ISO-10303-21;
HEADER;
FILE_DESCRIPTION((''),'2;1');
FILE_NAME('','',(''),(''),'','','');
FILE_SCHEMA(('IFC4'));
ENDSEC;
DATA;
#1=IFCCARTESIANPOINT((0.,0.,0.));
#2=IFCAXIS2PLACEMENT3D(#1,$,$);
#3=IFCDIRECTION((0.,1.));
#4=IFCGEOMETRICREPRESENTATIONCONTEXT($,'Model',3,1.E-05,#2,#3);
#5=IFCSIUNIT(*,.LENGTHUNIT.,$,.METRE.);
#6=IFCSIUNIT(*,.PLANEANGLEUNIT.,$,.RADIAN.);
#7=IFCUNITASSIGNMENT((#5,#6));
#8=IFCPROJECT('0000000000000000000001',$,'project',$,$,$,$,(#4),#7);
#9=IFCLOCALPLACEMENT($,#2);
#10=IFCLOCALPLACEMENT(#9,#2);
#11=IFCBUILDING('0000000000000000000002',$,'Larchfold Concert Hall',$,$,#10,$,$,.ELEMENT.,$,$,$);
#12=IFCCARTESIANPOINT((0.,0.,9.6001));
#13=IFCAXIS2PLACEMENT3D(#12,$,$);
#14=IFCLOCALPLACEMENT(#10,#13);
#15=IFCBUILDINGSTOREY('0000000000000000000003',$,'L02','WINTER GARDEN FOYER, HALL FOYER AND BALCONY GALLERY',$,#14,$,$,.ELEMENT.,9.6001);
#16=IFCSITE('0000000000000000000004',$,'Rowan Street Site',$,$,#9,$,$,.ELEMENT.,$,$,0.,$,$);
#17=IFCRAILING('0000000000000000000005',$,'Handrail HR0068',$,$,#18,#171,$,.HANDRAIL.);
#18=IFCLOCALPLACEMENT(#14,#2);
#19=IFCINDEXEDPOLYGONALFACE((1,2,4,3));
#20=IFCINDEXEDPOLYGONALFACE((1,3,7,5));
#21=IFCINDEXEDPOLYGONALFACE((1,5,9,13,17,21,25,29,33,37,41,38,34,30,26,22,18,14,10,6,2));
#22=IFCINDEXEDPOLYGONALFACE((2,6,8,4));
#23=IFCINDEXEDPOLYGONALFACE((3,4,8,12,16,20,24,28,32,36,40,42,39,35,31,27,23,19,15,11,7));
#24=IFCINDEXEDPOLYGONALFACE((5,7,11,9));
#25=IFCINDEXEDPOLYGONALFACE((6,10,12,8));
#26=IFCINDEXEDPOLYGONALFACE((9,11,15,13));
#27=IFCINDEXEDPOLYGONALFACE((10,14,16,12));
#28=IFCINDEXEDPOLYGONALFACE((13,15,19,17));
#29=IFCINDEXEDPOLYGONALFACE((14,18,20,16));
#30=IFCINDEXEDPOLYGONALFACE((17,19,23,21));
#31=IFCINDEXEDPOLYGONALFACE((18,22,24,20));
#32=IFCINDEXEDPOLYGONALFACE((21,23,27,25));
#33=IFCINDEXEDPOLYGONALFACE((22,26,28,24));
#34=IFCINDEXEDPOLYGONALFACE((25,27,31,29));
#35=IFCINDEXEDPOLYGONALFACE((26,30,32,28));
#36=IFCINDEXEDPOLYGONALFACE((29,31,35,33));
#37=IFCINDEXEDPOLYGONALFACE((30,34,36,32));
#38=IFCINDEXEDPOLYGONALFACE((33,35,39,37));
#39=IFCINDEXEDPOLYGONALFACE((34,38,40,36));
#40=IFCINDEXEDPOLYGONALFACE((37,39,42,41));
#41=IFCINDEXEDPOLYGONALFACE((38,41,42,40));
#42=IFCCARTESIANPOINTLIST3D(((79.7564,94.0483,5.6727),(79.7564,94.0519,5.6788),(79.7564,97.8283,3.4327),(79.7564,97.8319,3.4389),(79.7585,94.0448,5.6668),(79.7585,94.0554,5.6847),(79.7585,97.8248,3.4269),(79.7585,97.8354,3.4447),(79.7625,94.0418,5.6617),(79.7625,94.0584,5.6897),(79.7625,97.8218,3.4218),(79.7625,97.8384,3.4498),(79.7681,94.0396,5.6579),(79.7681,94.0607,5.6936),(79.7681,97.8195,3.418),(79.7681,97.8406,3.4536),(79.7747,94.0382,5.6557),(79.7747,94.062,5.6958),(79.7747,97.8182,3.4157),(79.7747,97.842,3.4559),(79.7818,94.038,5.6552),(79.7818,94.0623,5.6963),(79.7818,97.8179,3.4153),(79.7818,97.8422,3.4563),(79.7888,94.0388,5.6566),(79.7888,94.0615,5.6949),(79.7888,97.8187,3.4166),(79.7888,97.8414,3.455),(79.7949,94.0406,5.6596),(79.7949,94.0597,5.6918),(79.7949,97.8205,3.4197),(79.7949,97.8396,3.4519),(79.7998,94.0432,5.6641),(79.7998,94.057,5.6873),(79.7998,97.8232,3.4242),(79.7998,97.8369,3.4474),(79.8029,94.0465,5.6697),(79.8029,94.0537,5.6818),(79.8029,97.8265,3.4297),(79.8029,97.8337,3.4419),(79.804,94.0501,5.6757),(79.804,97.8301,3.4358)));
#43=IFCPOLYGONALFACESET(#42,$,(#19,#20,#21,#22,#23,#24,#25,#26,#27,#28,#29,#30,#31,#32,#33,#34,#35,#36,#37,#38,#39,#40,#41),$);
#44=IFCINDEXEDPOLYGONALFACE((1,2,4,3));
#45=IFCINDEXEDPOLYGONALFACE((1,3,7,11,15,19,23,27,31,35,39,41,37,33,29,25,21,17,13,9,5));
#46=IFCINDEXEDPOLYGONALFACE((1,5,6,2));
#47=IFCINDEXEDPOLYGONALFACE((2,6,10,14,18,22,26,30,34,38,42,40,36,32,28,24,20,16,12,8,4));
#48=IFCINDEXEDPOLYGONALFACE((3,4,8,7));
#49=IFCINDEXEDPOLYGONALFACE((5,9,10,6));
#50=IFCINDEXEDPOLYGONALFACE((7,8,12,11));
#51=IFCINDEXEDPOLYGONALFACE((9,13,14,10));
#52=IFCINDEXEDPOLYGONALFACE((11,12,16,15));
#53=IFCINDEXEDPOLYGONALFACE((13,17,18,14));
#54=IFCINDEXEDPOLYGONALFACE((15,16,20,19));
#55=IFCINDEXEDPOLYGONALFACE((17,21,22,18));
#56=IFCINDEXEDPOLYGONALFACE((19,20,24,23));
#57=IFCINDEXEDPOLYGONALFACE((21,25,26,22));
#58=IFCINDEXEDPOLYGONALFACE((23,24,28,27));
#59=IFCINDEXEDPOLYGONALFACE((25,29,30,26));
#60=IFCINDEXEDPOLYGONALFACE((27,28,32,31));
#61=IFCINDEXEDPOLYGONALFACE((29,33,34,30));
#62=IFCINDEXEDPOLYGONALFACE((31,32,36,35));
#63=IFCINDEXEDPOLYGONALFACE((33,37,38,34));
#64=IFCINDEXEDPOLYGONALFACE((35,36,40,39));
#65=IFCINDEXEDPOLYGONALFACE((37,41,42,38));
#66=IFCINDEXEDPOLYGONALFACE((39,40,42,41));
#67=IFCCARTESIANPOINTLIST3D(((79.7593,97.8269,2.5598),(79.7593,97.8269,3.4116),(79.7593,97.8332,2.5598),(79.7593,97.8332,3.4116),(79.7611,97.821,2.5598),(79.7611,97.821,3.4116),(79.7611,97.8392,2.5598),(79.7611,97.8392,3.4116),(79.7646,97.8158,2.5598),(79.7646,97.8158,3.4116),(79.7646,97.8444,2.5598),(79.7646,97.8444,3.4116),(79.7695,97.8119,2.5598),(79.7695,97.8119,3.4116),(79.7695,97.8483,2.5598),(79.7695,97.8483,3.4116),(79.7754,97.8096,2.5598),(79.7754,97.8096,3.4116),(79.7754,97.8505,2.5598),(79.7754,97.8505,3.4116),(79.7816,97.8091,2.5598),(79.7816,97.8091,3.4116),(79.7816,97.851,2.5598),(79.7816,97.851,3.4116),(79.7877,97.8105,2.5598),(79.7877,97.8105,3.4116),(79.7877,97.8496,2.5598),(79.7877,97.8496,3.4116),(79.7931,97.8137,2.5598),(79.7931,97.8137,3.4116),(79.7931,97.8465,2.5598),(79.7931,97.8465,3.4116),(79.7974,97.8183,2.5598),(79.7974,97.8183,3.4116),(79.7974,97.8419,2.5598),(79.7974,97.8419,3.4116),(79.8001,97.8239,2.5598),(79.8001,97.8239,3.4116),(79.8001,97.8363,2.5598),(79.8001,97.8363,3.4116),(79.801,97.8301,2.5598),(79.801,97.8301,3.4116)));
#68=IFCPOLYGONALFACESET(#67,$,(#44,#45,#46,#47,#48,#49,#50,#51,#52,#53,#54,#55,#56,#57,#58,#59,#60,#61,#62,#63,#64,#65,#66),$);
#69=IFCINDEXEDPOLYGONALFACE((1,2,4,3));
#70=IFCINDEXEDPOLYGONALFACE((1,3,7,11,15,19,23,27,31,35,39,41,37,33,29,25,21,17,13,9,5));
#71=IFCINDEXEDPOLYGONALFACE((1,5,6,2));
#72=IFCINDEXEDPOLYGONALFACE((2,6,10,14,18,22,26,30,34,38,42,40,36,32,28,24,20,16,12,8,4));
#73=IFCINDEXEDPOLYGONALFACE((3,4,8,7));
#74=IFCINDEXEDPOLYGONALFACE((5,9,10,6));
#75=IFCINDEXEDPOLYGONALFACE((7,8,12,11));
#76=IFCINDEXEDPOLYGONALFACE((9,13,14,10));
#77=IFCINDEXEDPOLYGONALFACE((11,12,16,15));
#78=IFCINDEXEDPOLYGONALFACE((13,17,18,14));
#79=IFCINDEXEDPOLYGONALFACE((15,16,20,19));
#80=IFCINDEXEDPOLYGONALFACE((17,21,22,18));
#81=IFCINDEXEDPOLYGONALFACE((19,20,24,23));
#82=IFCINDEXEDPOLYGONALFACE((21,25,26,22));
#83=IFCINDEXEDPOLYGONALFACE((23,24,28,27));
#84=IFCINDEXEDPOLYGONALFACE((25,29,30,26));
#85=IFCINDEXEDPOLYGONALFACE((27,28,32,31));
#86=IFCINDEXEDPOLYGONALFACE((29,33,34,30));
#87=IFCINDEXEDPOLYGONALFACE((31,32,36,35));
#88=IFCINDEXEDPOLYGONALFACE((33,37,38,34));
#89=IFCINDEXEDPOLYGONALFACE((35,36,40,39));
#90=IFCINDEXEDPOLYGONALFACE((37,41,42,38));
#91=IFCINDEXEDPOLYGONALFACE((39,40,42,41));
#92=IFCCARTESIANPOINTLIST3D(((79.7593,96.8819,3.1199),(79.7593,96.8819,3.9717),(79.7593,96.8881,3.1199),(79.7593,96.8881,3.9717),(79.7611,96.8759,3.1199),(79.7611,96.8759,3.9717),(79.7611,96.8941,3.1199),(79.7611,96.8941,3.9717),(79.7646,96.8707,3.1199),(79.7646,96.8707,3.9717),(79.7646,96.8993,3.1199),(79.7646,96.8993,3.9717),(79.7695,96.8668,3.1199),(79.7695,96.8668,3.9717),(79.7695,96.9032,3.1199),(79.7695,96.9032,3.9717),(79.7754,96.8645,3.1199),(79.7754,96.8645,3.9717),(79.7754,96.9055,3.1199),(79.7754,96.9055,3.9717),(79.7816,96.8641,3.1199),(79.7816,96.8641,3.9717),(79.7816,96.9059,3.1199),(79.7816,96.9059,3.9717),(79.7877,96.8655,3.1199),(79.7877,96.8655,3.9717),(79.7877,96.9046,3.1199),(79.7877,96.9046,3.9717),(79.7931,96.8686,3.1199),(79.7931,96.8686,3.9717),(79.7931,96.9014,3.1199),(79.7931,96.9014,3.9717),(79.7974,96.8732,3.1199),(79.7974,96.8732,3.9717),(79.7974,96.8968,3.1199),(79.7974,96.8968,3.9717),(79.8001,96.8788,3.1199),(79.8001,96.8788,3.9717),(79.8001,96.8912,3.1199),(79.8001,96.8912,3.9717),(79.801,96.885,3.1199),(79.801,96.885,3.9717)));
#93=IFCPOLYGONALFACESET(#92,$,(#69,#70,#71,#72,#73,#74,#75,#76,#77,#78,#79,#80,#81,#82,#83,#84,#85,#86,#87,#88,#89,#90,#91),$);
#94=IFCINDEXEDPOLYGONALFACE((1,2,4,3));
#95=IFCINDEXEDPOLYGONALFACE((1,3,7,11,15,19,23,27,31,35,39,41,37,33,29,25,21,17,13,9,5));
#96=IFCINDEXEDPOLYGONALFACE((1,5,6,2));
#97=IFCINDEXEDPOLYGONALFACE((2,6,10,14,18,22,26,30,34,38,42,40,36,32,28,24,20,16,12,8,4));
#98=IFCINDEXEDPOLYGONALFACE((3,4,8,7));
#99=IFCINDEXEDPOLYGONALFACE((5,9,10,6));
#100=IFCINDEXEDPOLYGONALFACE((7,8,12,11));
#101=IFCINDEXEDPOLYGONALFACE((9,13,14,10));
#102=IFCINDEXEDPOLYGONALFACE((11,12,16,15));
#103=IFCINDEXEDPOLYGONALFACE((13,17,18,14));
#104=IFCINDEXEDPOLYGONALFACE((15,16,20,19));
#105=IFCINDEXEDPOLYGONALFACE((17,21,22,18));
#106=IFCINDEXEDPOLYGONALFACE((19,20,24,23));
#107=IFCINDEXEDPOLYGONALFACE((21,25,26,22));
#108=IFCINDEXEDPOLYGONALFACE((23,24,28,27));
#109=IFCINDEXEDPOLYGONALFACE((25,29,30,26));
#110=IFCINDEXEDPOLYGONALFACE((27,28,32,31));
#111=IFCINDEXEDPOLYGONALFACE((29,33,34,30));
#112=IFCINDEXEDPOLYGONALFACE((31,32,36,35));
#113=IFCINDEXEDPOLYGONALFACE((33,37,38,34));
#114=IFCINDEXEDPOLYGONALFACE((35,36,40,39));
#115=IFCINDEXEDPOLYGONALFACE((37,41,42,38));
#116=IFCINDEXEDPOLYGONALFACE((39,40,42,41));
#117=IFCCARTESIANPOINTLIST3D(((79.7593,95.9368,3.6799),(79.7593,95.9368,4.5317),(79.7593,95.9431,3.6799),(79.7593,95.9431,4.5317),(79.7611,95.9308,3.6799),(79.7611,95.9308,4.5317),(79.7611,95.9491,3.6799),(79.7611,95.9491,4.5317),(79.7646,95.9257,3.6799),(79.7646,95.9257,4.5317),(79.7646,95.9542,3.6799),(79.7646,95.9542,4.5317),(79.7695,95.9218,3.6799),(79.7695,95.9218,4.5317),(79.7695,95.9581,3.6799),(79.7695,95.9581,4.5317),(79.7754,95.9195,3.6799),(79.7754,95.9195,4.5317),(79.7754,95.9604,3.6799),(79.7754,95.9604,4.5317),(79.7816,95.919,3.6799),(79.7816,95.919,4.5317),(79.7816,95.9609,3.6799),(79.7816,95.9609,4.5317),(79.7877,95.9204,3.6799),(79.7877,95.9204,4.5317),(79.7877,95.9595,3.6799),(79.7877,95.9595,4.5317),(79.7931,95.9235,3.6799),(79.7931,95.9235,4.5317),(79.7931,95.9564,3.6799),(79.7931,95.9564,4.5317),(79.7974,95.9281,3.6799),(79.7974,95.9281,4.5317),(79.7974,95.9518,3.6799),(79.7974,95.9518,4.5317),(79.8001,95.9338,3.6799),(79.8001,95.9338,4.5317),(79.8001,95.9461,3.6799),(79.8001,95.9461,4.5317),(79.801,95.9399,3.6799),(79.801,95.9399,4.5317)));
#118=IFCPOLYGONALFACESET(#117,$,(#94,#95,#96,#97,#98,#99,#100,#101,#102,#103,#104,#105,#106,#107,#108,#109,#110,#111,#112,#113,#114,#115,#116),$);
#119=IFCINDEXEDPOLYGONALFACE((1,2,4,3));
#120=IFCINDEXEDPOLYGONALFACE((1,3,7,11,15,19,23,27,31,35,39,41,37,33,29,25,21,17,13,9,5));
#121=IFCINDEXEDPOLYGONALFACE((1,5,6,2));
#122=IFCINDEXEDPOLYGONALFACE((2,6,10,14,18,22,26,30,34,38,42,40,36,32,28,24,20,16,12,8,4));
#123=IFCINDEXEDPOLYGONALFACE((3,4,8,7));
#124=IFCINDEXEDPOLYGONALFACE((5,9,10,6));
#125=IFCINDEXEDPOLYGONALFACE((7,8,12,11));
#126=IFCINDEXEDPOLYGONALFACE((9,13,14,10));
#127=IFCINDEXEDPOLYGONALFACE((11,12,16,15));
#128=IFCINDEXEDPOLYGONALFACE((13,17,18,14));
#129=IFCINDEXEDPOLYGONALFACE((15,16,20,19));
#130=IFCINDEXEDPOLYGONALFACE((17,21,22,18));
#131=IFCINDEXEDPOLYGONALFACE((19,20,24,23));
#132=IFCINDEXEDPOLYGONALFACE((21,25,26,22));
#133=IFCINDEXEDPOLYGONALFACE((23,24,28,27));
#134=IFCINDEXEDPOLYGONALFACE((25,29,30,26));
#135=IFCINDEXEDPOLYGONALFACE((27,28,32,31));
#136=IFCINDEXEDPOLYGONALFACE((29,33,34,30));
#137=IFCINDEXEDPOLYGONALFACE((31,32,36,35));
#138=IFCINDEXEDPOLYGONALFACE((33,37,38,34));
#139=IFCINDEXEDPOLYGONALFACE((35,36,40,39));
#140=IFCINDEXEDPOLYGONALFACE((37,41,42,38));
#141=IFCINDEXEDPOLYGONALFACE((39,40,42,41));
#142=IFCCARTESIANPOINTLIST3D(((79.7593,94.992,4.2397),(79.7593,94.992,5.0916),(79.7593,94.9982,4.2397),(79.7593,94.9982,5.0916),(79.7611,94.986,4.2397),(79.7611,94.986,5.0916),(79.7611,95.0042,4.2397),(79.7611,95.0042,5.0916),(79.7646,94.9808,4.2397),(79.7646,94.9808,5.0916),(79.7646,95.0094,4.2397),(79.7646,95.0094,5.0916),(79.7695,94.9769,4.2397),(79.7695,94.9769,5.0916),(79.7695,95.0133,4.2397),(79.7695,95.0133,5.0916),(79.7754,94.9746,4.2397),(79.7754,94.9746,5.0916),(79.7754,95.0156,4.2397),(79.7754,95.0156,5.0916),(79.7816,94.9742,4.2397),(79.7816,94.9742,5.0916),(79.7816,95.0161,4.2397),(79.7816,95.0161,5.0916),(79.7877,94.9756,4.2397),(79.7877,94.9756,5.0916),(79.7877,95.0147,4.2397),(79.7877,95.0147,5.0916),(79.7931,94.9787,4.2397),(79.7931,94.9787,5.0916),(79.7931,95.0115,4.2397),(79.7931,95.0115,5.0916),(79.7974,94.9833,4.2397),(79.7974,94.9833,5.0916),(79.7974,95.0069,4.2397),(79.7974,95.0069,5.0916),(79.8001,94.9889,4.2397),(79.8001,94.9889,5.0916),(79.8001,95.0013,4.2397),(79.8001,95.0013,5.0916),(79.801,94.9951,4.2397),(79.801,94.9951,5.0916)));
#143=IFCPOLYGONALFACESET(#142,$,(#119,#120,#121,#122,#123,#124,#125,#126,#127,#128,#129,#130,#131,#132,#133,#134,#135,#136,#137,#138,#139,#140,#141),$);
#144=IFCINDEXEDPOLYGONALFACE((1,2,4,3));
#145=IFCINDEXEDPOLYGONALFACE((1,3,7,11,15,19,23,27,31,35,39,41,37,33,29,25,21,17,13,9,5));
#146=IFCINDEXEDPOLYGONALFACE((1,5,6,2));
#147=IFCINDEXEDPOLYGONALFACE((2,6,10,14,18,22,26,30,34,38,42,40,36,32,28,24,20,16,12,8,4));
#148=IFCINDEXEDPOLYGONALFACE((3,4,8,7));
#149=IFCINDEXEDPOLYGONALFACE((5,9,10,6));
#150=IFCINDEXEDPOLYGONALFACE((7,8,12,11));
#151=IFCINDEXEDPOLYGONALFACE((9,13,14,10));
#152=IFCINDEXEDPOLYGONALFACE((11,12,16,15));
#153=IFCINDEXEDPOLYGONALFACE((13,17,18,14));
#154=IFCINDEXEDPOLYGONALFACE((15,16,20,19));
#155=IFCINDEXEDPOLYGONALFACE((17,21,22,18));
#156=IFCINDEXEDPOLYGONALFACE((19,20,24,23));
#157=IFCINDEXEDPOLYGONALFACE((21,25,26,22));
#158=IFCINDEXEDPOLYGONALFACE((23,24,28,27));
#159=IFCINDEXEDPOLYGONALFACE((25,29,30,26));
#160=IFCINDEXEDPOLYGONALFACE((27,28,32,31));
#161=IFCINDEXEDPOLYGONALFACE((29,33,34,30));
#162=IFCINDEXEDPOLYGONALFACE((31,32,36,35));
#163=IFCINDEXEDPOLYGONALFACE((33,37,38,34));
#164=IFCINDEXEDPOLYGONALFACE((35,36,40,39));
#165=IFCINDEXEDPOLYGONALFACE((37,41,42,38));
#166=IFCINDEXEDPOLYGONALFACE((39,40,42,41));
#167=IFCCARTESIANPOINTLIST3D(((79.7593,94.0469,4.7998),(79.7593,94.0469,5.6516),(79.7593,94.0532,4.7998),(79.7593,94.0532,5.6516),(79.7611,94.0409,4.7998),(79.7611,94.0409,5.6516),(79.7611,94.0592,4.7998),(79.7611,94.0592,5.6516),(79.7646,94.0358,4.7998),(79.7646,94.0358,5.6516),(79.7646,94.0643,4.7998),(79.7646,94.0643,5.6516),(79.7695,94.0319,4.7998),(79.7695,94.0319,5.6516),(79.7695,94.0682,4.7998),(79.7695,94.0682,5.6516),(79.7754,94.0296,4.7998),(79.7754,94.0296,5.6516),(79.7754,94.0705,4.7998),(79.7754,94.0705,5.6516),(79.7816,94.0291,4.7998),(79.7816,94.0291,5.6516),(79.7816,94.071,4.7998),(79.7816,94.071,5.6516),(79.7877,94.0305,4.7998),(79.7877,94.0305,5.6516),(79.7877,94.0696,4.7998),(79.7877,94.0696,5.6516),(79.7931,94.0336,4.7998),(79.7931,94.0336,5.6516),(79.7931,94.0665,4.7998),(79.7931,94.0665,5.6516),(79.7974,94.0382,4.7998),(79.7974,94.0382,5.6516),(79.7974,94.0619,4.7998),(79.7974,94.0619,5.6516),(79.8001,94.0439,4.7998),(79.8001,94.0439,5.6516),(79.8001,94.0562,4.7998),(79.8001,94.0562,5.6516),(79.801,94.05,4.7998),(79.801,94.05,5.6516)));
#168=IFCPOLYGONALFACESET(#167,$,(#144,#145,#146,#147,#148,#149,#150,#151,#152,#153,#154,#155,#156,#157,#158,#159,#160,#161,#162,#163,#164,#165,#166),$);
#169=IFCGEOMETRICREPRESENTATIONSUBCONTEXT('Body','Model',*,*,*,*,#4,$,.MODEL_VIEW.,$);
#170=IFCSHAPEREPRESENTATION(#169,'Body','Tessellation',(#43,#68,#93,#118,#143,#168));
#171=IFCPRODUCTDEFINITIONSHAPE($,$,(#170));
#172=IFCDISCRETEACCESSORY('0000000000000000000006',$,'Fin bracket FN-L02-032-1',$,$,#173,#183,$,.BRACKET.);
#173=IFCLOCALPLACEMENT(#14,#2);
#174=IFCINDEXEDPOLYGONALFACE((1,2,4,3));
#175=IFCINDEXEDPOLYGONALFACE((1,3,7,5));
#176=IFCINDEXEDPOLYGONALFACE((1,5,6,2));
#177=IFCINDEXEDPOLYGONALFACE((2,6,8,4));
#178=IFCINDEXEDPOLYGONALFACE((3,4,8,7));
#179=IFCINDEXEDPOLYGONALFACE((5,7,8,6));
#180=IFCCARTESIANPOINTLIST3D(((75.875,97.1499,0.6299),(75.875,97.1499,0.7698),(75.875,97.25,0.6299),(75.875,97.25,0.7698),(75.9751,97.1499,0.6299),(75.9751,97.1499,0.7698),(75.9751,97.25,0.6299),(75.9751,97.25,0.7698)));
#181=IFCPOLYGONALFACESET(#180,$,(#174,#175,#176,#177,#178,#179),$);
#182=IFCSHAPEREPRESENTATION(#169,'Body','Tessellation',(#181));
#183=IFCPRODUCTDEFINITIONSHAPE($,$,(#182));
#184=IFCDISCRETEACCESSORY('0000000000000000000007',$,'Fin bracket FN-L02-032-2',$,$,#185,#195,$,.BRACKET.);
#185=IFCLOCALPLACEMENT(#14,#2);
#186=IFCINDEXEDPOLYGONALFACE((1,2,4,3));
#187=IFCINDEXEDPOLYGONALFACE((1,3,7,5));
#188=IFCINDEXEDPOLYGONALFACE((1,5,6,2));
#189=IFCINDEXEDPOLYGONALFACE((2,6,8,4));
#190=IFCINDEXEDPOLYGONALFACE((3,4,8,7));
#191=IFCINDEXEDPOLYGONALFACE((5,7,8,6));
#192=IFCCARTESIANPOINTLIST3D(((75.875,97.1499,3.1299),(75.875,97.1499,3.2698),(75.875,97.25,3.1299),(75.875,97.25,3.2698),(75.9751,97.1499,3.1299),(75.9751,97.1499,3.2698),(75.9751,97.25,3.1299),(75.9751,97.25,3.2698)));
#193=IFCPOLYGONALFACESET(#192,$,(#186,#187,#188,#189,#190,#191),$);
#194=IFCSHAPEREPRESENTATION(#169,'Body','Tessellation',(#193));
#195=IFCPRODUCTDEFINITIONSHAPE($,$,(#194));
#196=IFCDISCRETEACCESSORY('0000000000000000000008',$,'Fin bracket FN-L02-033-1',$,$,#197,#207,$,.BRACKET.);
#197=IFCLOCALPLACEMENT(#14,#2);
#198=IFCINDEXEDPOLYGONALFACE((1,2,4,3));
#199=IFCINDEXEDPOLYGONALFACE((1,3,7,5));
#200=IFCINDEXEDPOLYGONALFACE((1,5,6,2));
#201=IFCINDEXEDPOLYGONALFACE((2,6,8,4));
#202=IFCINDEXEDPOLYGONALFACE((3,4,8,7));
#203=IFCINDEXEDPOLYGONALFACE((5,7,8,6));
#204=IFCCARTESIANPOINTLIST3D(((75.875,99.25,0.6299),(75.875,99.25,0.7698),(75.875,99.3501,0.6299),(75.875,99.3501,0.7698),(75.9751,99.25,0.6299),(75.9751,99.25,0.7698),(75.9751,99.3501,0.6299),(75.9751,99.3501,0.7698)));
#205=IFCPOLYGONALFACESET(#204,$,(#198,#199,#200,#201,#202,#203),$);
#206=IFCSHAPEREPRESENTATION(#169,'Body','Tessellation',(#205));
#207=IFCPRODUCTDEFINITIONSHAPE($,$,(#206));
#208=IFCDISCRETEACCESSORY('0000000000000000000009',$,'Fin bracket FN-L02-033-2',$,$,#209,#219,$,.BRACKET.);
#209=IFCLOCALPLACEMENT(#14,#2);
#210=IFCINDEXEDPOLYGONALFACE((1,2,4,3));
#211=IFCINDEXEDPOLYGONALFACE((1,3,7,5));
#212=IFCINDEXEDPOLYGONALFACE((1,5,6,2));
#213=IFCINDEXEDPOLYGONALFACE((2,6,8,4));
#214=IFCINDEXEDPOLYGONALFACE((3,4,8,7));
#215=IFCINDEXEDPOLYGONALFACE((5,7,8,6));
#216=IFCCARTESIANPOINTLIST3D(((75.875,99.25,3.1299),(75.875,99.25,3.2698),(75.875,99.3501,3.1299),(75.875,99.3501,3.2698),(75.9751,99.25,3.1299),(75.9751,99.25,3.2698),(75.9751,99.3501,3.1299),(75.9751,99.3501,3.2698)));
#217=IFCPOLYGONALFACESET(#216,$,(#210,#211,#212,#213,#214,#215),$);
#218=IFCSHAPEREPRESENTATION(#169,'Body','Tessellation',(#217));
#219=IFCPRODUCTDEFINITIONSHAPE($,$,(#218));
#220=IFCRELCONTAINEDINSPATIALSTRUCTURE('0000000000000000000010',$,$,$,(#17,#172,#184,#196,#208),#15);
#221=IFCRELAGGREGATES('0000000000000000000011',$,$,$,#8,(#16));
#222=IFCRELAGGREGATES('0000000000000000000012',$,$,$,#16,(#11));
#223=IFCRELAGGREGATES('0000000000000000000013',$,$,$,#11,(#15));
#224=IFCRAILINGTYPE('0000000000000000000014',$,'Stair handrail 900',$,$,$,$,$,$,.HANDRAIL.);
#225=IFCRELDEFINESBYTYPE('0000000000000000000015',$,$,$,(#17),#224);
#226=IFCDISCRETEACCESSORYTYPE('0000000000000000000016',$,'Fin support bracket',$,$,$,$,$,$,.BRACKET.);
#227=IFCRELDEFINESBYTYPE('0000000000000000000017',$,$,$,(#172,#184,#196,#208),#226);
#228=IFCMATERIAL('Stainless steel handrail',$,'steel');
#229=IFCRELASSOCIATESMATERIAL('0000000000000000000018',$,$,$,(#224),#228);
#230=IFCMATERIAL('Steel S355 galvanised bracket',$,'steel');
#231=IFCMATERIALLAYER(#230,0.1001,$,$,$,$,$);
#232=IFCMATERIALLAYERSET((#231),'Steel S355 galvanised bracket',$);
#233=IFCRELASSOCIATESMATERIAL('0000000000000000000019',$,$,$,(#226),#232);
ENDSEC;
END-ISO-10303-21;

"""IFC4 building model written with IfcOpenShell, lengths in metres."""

from ifc_helpers import new_model, si_unit, direction, frame, origin, origin_2d, place, context, subcontext, project, spatial, rectangle, circle, extrude, material, layer, layer_set, type_object, element, save


model = new_model("IFC4")

# Units and contexts
model_context = context("Model", 3, precision=1e-05, world=origin(), true_north=direction((0.0, 1.0)))
body_context = subcontext(model_context, "Body", "Model", "MODEL_VIEW")
ifc_project = project(units=[si_unit("LENGTHUNIT", "METRE"), si_unit("PLANEANGLEUNIT", "RADIAN")], contexts=[model_context])

# Site, building, storey
site_placement = place(None, origin())
site = spatial("IfcSite", under=ifc_project, at=site_placement, Name="Rowan Street Site", CompositionType="ELEMENT", RefElevation=0.0)
building_placement = place(site_placement, origin())
building = spatial("IfcBuilding", under=site, at=building_placement, Name="Larchfold Concert Hall", CompositionType="ELEMENT")
storey_placement = place(building_placement, frame((0.0, 0.0, 9.6001)))
storey = spatial("IfcBuildingStorey", under=building, at=storey_placement, Name="L02", Description="WINTER GARDEN FOYER, HALL FOYER AND BALCONY GALLERY", CompositionType="ELEMENT", Elevation=9.6001)

# Railing
ifc_material_1 = material(Name="Stainless steel handrail", Category="steel")
railing_type_1 = type_object("IfcRailingType", Name="Stair handrail 900", PredefinedType="HANDRAIL", material=ifc_material_1)
for number, where, name in (
    (1, (79.78, 97.8301, 2.5598), "Handrail HR0068"),
):
    element("IfcRailing", number, at=place(storey_placement, frame(where)), inside=storey, type_object=railing_type_1, Name=name, PredefinedType="HANDRAIL", context=body_context, shape_type="SweptSolid", body=[
        extrude(circle(Radius=0.0239, at=origin_2d()), frame((0.0, 0.0, 0.876), z_axis=(0.0, -0.860294, 0.509798), x_axis=(1.0, 0.0, 0.0)), (0.0, 0.0, 1.0), 4.3938),
        extrude(circle(Radius=0.021, at=origin_2d()), origin(), (0.0, 0.0, 1.0), 0.8518),
        extrude(circle(Radius=0.021, at=origin_2d()), frame((0.0, -0.9451, 0.5601)), (0.0, 0.0, 1.0), 0.8518),
        extrude(circle(Radius=0.021, at=origin_2d()), frame((0.0, -1.8901, 1.1201)), (0.0, 0.0, 1.0), 0.8518),
        extrude(circle(Radius=0.021, at=origin_2d()), frame((0.0, -2.835, 1.6799)), (0.0, 0.0, 1.0), 0.8518),
        extrude(circle(Radius=0.021, at=origin_2d()), frame((0.0, -3.78, 2.24)), (0.0, 0.0, 1.0), 0.8518),
    ])

# Discrete accessories
ifc_material_2 = material(Name="Steel S355 galvanised bracket", Category="steel")
ifc_layer_1 = layer(ifc_material_2, 0.1001)
ifc_layer_set_1 = layer_set([ifc_layer_1], Name="Steel S355 galvanised bracket")
discrete_accessory_type_1 = type_object("IfcDiscreteAccessoryType", Name="Fin support bracket", PredefinedType="BRACKET", material=ifc_layer_set_1)
for number, where, z_axis, x_axis, name in (
    (2, (75.925, 97.2, 0.6299), (0.0, 0.0, 1.0), (-1.0, 0.0, 0.0), "Fin bracket FN-L02-032-1"),
    (3, (75.925, 97.2, 3.1299), (0.0, 0.0, 1.0), (-1.0, 0.0, 0.0), "Fin bracket FN-L02-032-2"),
    (4, (75.925, 99.3, 0.6299), (0.0, 0.0, 1.0), (-1.0, 0.0, 0.0), "Fin bracket FN-L02-033-1"),
    (5, (75.925, 99.3, 3.1299), (0.0, 0.0, 1.0), (-1.0, 0.0, 0.0), "Fin bracket FN-L02-033-2"),
):
    element("IfcDiscreteAccessory", number, at=place(storey_placement, frame(where, z_axis=z_axis, x_axis=x_axis)), inside=storey, type_object=discrete_accessory_type_1, Name=name, PredefinedType="BRACKET", context=body_context, shape_type="SweptSolid", body=[
        extrude(rectangle(XDim=0.1001, YDim=0.1001, at=origin_2d()), origin(), (0.0, 0.0, 1.0), 0.1399),
    ])

save(model, "model.ifc")
